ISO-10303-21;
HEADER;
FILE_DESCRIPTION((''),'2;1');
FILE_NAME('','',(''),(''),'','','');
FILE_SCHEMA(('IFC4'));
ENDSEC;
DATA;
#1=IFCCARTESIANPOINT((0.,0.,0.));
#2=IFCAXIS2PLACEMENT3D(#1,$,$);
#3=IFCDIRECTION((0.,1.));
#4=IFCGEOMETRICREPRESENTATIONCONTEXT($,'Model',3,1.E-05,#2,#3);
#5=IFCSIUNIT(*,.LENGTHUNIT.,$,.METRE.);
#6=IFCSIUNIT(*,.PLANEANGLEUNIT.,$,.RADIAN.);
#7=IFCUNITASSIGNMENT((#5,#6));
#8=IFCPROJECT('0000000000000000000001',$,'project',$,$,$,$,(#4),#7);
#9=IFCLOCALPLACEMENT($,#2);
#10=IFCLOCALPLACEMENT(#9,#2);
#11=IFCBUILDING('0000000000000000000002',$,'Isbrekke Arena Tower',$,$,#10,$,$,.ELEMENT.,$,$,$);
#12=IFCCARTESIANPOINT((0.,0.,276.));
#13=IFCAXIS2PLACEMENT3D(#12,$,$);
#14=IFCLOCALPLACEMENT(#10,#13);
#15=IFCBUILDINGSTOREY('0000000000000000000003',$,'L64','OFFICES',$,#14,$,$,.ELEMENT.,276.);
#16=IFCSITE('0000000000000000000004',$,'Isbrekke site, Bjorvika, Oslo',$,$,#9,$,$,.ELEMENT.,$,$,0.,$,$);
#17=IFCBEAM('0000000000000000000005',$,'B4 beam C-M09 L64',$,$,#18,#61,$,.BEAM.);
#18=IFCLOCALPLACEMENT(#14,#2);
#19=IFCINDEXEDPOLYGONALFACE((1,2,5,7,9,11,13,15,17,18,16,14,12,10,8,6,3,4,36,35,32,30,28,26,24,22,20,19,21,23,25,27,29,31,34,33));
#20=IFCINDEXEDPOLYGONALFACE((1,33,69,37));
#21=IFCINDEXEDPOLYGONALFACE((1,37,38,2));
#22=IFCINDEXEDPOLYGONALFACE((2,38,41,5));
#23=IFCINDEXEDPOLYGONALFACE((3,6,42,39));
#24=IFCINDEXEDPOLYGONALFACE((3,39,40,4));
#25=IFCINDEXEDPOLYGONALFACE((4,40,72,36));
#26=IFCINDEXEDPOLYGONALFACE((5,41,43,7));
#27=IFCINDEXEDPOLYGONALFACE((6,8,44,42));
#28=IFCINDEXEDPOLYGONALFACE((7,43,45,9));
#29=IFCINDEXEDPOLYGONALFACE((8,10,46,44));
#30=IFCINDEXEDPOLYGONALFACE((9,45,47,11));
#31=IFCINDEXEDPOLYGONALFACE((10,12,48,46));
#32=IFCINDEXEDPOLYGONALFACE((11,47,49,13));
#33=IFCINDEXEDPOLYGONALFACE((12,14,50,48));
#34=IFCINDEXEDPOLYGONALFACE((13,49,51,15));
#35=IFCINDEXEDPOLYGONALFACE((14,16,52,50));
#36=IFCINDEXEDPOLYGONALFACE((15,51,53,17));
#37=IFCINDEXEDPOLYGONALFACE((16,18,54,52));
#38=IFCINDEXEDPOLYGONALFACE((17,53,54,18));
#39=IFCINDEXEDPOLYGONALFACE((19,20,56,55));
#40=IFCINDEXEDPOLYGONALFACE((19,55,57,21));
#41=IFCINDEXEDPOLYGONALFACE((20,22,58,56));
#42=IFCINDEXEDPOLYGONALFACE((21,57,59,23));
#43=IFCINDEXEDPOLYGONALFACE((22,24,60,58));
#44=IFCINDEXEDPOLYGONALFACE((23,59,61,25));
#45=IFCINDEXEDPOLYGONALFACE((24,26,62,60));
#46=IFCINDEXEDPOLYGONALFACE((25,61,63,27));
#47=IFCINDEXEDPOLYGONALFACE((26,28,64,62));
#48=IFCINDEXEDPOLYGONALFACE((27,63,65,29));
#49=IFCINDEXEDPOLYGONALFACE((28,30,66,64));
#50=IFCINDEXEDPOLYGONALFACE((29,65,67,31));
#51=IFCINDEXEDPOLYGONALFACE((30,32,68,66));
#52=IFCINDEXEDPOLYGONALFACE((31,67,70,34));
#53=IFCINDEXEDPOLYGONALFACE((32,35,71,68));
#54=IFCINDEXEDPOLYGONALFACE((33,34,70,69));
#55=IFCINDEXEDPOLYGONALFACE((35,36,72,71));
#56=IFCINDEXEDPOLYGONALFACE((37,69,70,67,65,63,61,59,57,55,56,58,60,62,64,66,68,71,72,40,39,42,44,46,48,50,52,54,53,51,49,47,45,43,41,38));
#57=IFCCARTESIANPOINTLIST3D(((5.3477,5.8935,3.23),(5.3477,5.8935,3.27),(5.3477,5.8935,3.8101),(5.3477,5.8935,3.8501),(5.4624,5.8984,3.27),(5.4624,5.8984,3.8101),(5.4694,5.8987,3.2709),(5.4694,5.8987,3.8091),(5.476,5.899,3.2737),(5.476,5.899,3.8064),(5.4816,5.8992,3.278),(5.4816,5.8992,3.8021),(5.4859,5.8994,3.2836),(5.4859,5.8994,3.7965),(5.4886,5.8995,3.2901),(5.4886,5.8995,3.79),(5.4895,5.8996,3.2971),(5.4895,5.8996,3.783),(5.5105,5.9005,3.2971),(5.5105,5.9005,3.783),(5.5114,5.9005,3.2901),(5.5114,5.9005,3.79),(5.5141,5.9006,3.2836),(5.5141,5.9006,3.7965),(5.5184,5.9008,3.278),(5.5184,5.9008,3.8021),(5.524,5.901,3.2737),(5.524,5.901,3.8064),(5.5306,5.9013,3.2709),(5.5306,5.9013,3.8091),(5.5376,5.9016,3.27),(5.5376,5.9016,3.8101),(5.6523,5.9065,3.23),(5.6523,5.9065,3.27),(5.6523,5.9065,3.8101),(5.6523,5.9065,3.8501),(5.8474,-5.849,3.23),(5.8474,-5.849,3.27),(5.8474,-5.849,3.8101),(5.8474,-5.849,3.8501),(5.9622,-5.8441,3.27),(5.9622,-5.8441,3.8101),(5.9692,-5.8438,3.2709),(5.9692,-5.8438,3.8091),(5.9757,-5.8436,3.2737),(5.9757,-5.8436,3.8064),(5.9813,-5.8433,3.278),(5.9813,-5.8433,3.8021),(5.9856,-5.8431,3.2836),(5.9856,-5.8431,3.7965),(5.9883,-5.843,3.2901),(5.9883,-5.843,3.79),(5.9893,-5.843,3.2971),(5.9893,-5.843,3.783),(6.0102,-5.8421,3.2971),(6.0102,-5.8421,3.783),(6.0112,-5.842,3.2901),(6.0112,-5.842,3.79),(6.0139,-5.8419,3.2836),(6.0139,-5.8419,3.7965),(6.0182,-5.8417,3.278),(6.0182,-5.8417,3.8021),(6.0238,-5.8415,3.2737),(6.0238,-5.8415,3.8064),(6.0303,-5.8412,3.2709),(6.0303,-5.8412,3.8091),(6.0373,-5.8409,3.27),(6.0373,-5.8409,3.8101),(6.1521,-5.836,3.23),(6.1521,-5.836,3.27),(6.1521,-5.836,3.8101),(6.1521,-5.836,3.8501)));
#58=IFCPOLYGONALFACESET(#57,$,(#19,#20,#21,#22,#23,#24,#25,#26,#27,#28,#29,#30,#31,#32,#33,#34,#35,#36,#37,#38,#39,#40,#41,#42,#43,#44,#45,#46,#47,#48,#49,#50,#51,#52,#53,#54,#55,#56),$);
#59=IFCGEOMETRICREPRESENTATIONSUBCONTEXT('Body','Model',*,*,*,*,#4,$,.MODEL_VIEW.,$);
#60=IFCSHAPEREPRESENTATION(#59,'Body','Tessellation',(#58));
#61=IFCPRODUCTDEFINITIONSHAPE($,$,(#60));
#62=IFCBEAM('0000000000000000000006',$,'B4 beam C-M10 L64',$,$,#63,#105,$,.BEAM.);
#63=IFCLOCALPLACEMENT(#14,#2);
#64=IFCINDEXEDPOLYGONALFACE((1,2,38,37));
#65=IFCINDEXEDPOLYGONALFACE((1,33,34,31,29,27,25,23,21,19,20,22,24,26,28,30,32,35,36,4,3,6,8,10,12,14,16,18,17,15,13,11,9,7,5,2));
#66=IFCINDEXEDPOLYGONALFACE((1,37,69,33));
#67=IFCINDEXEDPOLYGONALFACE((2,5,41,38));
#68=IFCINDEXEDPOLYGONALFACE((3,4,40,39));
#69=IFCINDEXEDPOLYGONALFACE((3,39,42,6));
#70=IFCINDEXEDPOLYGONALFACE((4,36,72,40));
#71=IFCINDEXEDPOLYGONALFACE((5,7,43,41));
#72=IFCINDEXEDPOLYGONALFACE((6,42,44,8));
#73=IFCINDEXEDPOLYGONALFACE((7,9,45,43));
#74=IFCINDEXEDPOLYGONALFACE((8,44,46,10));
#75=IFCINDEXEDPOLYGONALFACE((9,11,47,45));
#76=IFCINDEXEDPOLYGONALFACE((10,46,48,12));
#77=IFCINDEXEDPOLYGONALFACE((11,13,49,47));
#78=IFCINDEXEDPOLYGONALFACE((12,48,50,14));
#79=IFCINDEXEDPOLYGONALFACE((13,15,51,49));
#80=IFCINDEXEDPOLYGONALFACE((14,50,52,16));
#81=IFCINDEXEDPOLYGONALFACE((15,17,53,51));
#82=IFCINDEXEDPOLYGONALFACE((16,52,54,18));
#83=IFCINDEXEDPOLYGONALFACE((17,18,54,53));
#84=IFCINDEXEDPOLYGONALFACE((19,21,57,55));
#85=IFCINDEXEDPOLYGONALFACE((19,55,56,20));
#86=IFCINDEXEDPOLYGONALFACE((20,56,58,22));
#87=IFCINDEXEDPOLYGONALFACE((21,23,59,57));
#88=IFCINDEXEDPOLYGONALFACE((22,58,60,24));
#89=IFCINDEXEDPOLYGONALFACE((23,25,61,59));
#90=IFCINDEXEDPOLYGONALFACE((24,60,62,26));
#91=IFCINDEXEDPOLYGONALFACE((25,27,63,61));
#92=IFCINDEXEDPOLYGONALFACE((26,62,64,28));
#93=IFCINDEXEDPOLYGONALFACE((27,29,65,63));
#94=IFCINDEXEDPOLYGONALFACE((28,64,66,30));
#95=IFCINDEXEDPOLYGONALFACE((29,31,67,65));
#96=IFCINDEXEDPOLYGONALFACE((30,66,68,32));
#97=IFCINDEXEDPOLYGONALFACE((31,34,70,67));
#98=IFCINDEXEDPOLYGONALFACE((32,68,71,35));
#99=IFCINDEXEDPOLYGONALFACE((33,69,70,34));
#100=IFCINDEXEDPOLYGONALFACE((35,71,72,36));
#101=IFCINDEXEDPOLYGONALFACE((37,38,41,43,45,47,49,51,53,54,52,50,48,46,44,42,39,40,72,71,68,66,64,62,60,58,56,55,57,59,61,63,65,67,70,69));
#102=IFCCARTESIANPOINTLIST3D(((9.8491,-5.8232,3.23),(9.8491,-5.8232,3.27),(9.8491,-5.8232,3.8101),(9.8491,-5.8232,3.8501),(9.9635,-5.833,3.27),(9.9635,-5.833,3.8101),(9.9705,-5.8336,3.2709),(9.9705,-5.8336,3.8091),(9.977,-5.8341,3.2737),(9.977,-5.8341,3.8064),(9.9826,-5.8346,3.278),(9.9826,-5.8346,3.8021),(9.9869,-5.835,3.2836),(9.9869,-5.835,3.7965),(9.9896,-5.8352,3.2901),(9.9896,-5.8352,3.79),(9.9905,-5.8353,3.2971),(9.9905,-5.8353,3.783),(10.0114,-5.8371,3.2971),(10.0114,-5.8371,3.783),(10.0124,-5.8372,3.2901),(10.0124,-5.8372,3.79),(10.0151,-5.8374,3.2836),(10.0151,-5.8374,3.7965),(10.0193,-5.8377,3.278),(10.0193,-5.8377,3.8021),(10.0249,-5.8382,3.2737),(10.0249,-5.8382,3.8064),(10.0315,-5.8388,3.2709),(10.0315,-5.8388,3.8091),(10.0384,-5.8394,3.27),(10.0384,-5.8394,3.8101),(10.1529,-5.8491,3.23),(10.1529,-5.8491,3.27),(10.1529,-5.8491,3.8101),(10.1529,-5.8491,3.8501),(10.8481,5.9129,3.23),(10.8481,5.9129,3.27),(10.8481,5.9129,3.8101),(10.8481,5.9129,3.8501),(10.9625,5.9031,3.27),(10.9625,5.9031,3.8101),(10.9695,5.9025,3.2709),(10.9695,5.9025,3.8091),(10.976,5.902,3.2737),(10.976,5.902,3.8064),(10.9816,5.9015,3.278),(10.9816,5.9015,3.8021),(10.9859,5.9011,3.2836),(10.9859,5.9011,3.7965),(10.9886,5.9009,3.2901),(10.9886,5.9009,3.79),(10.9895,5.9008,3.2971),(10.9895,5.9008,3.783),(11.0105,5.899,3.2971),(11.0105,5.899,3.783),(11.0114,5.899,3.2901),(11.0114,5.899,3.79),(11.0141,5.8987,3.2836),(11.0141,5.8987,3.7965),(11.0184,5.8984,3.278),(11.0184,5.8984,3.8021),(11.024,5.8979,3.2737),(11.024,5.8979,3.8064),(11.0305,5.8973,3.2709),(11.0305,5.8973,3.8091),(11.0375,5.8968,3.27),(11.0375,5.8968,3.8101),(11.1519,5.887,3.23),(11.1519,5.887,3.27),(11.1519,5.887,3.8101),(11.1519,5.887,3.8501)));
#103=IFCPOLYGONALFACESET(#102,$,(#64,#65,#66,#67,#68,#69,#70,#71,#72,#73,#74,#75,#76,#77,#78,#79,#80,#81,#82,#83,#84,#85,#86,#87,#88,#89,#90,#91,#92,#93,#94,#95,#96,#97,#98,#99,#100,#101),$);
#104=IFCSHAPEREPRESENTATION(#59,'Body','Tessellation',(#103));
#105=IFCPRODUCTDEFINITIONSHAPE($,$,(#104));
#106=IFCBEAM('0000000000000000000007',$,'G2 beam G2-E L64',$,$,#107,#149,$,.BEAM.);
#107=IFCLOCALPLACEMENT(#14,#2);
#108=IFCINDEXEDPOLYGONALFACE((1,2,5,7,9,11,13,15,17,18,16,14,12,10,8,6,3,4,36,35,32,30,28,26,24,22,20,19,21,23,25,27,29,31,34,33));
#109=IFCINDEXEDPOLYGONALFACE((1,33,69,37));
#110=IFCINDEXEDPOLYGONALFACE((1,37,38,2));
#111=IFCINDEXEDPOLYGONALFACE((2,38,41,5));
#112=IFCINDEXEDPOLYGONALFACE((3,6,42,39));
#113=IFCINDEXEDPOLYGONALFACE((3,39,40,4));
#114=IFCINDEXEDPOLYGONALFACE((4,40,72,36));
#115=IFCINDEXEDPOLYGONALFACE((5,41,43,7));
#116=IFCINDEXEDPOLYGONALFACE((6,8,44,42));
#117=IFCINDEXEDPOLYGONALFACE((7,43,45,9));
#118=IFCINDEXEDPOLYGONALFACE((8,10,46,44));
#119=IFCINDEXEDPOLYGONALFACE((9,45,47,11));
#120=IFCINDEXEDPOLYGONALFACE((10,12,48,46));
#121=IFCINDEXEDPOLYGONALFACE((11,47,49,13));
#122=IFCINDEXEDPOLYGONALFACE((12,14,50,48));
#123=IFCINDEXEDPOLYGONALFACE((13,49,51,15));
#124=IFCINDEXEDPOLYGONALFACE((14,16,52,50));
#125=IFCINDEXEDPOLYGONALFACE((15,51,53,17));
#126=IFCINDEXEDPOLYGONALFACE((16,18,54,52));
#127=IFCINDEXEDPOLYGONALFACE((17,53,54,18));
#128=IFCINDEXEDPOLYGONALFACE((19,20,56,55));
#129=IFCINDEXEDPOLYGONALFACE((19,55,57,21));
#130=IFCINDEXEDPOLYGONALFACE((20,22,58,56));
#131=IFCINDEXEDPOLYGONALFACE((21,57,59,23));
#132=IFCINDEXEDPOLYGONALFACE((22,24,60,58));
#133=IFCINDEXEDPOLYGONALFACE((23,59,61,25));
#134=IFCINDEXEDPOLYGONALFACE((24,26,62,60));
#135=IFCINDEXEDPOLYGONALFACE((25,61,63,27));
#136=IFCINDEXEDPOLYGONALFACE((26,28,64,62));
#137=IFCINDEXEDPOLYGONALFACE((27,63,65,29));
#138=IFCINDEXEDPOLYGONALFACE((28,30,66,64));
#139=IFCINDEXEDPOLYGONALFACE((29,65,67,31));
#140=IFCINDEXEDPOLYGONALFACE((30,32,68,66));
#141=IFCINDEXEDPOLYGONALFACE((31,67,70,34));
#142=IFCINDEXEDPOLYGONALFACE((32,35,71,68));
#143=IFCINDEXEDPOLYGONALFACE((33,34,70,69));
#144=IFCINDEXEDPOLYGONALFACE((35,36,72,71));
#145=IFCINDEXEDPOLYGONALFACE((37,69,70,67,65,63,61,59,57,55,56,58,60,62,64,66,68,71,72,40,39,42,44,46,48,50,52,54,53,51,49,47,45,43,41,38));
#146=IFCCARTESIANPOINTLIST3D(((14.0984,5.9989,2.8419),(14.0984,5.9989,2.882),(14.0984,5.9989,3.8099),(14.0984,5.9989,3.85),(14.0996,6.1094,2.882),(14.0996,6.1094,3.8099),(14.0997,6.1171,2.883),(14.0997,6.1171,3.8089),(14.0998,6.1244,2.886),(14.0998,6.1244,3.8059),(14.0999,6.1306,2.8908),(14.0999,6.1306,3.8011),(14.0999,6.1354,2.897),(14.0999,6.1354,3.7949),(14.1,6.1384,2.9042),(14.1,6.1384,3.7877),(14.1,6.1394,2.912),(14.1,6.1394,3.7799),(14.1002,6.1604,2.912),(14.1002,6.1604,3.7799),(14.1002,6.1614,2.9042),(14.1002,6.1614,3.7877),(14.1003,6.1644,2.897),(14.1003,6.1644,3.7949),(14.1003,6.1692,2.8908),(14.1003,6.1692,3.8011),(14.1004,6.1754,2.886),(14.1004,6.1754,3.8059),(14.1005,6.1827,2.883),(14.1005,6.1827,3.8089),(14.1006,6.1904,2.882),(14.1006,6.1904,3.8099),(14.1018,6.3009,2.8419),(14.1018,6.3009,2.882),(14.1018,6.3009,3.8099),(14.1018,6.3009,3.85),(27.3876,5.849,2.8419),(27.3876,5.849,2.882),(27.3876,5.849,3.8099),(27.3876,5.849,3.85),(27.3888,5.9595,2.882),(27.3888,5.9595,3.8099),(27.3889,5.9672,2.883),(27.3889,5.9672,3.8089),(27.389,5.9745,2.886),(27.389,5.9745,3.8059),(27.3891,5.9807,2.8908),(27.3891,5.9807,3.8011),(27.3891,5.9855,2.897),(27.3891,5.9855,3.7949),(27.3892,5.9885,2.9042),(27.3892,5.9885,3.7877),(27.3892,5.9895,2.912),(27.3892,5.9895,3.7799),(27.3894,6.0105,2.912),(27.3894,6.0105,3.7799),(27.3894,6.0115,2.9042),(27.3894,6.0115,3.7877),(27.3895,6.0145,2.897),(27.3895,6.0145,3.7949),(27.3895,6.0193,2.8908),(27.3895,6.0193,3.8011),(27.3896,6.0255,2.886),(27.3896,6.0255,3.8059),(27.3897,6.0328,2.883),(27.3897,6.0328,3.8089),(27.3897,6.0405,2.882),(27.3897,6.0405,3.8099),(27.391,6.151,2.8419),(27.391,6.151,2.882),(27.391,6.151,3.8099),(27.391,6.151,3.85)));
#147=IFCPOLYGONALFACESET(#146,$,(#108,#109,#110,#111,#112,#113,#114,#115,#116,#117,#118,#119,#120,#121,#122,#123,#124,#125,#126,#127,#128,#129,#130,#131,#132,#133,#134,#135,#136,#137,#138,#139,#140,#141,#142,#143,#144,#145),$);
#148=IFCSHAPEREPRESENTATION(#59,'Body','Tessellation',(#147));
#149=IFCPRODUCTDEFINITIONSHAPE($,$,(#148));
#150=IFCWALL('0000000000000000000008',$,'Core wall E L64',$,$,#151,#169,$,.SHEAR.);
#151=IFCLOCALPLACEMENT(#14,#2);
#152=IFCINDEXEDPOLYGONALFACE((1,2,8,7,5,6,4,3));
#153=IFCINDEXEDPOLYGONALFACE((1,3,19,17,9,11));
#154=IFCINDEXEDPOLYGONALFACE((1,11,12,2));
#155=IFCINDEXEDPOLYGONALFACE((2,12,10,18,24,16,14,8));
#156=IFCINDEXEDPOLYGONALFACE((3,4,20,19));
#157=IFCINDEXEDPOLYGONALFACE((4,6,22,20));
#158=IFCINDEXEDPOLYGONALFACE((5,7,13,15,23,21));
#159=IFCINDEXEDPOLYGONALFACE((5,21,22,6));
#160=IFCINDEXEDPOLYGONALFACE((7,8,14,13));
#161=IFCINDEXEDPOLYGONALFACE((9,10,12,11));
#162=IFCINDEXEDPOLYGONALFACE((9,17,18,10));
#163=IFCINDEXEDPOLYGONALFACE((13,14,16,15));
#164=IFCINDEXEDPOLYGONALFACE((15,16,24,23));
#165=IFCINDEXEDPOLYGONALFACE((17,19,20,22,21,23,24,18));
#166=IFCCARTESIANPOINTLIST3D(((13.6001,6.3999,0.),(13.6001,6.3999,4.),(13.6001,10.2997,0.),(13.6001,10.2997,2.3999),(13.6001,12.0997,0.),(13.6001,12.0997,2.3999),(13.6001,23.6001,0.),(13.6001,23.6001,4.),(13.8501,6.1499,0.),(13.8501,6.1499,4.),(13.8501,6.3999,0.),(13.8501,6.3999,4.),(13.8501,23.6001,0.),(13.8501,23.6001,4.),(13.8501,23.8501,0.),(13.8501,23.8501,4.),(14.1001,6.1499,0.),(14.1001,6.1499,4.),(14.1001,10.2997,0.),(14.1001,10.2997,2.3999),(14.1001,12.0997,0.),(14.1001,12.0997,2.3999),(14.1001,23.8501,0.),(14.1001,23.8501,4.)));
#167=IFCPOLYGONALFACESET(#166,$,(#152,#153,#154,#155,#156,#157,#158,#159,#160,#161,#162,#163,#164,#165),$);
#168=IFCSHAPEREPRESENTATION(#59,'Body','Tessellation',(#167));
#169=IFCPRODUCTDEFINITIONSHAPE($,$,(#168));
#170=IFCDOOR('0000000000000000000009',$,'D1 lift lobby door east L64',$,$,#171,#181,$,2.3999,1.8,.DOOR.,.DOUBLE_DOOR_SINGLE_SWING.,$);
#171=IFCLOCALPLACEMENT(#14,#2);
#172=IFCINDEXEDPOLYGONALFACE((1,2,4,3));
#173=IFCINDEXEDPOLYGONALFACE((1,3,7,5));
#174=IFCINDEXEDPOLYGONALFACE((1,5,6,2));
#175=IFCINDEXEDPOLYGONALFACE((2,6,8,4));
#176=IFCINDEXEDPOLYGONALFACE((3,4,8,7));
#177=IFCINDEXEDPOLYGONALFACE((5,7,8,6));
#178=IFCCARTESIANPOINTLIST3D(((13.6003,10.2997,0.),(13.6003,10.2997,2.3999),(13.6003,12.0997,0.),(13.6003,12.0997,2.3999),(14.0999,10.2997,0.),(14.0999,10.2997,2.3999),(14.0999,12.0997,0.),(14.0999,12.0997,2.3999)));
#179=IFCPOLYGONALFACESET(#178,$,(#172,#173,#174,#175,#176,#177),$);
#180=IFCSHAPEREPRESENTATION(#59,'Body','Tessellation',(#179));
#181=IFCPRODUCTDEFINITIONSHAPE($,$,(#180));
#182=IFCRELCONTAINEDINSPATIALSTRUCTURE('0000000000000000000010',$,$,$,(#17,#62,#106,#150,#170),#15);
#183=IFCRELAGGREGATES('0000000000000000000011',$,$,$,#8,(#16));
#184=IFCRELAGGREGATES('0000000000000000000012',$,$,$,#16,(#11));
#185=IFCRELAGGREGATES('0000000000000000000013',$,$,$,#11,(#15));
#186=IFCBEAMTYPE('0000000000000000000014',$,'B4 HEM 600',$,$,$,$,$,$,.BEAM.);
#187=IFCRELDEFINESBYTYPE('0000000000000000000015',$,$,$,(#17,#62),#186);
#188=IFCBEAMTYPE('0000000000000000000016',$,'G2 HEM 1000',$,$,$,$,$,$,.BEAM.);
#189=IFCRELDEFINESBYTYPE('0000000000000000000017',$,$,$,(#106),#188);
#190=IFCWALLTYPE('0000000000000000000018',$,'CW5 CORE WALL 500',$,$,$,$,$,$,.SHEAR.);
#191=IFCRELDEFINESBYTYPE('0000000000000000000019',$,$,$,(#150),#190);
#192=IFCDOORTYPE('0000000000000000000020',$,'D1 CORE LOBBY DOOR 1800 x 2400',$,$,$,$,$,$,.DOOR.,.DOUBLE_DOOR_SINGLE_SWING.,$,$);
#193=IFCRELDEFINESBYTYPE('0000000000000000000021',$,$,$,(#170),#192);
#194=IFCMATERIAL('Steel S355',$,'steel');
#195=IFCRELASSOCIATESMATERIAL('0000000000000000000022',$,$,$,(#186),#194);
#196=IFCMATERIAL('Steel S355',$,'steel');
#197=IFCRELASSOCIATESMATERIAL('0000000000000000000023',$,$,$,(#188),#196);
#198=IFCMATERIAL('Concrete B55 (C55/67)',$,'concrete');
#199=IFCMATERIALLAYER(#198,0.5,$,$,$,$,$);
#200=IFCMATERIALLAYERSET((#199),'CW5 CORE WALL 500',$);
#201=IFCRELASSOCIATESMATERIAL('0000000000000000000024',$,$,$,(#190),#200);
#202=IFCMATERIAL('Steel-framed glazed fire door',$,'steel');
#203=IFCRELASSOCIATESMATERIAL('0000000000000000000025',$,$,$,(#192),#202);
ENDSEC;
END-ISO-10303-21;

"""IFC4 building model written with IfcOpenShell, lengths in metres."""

from ifc_helpers import new_model, si_unit, direction, frame, frame_2d, origin, origin_2d, place, context, subcontext, project, spatial, polyline, rectangle, i_section, outline, extrude, material, layer, layer_set, material_profile, profile_set, type_object, element, fill, save


model = new_model("IFC4")

# Units and contexts
model_context = context("Model", 3, precision=1e-05, world=origin(), true_north=direction((0.0, 1.0)))
body_context = subcontext(model_context, "Body", "Model", "MODEL_VIEW")
ifc_project = project(units=[si_unit("LENGTHUNIT", "METRE"), si_unit("PLANEANGLEUNIT", "RADIAN")], contexts=[model_context])

# Site, building, storey
site_placement = place(None, origin())
site = spatial("IfcSite", under=ifc_project, at=site_placement, Name="Isbrekke site, Bjorvika, Oslo", CompositionType="ELEMENT", RefElevation=0.0)
building_placement = place(site_placement, origin())
building = spatial("IfcBuilding", under=site, at=building_placement, Name="Isbrekke Arena Tower", CompositionType="ELEMENT")
storey_placement = place(building_placement, frame((0.0, 0.0, 276.0)))
storey = spatial("IfcBuildingStorey", under=building, at=storey_placement, Name="L64", Description="OFFICES", CompositionType="ELEMENT", Elevation=276.0)

# Beams
ifc_material_1 = material(Name="Steel S355", Category="steel")
ifc_material_profile_1 = material_profile(ifc_material_1, i_section(OverallWidth=0.3049, OverallDepth=0.6201, WebThickness=0.021, FlangeThickness=0.04, FilletRadius=0.0271, at=origin_2d()), Name="HEM 600")
ifc_profile_set_1 = profile_set([ifc_material_profile_1], Name="Steel S355")
beam_type_1 = type_object("IfcBeamType", Name="B4 HEM 600", PredefinedType="BEAM", material=ifc_profile_set_1)
beam_1_placement = place(storey_placement, frame((5.9998, -5.8425, 3.54), z_axis=(-0.042521, 0.999096, 0.0), x_axis=(-0.999096, -0.042521, 0.0)))
element("IfcBeam", 1, at=beam_1_placement, inside=storey, type_object=beam_type_1, Name="B4 beam C-M09 L64", PredefinedType="BEAM", context=body_context, shape_type="SweptSolid", body=[
    extrude(i_section(OverallWidth=0.3049, OverallDepth=0.6201, WebThickness=0.021, FlangeThickness=0.04, FilletRadius=0.0271, at=origin_2d()), origin(), (0.0, 0.0, 1.0), 11.7532),
])
beam_2_placement = place(storey_placement, frame((10.001, -5.8362, 3.54), z_axis=(0.084817, 0.996397, 0.0), x_axis=(-0.996397, 0.084817, 0.0)))
element("IfcBeam", 2, at=beam_2_placement, inside=storey, type_object=beam_type_1, Name="B4 beam C-M10 L64", PredefinedType="BEAM", context=body_context, shape_type="SweptSolid", body=[
    extrude(i_section(OverallWidth=0.3049, OverallDepth=0.6201, WebThickness=0.021, FlangeThickness=0.04, FilletRadius=0.0271, at=origin_2d()), origin(), (0.0, 0.0, 1.0), 11.7786),
])
ifc_material_2 = material(Name="Steel S355", Category="steel")
ifc_material_profile_2 = material_profile(ifc_material_2, i_section(OverallWidth=0.302, OverallDepth=1.0081, WebThickness=0.021, FlangeThickness=0.04, FilletRadius=0.03, at=origin_2d()), Name="HEM 1000")
ifc_profile_set_2 = profile_set([ifc_material_profile_2], Name="Steel S355")
beam_type_2 = type_object("IfcBeamType", Name="G2 HEM 1000", PredefinedType="BEAM", material=ifc_profile_set_2)
beam_3_placement = place(storey_placement, frame((14.1001, 6.1499, 3.3459), z_axis=(0.999936, -0.011279, 0.0), x_axis=(0.011279, 0.999936, 0.0)))
element("IfcBeam", 3, at=beam_3_placement, inside=storey, type_object=beam_type_2, Name="G2 beam G2-E L64", PredefinedType="BEAM", context=body_context, shape_type="SweptSolid", body=[
    extrude(i_section(OverallWidth=0.302, OverallDepth=1.0081, WebThickness=0.021, FlangeThickness=0.04, FilletRadius=0.03, at=origin_2d()), origin(), (0.0, 0.0, 1.0), 13.29),
])

# Wall, opening, door
ifc_material_3 = material(Name="Concrete B55 (C55/67)", Category="concrete")
ifc_layer_1 = layer(ifc_material_3, 0.5)
ifc_layer_set_1 = layer_set([ifc_layer_1], Name="CW5 CORE WALL 500")
wall_type_1 = type_object("IfcWallType", Name="CW5 CORE WALL 500", PredefinedType="SHEAR", material=ifc_layer_set_1)
wall_1_placement = place(storey_placement, frame((13.8501, 6.1499, 0.0), z_axis=(0.0, 0.0, 1.0), x_axis=(0.0, 1.0, 0.0)))
wall_1 = element("IfcWall", 4, at=wall_1_placement, inside=storey, type_object=wall_type_1, Name="Core wall E L64", PredefinedType="SHEAR", context=body_context, shape_type="SweptSolid", body=[
    extrude(outline(polyline([(0.0, -0.25), (17.7002, -0.25), (17.7002, 0.0), (17.4502, 0.0), (17.4502, 0.25), (0.25, 0.25), (0.25, 0.0), (0.0, 0.0), (0.0, -0.25)])), origin(), (0.0, 0.0, 1.0), 4.0),
])
opening_1_placement = place(wall_1_placement, frame((4.1499, 0.0, 0.0)))
opening_1 = element("IfcOpeningElement", 5, at=opening_1_placement, cuts=wall_1, PredefinedType="OPENING", context=body_context, shape_type="SweptSolid", body=[
    extrude(rectangle(XDim=1.8, YDim=2.3999, at=frame_2d((0.8999, 1.2))), frame((0.0, 0.2649, 0.0), z_axis=(0.0, -1.0, 0.0), x_axis=(1.0, 0.0, 0.0)), (0.0, 0.0, 1.0), 0.5298),
])
ifc_material_4 = material(Name="Steel-framed glazed fire door", Category="steel")
door_type_1 = type_object("IfcDoorType", Name="D1 CORE LOBBY DOOR 1800 x 2400", OperationType="DOUBLE_DOOR_SINGLE_SWING", PredefinedType="DOOR", material=ifc_material_4)
door_1_placement = place(opening_1_placement, origin())
door_1 = element("IfcDoor", 6, at=door_1_placement, inside=storey, type_object=door_type_1, Name="D1 lift lobby door east L64", OperationType="DOUBLE_DOOR_SINGLE_SWING", OverallHeight=2.3999, OverallWidth=1.8, PredefinedType="DOOR", context=body_context, shape_type="SweptSolid", body=[
    extrude(rectangle(XDim=1.8, YDim=2.3999, at=frame_2d((0.8999, 1.2))), frame((0.0, 0.2498, 0.0), z_axis=(0.0, -1.0, 0.0), x_axis=(1.0, 0.0, 0.0)), (0.0, 0.0, 1.0), 0.4995),
])
fill(opening_1, door_1)

save(model, "model.ifc")
